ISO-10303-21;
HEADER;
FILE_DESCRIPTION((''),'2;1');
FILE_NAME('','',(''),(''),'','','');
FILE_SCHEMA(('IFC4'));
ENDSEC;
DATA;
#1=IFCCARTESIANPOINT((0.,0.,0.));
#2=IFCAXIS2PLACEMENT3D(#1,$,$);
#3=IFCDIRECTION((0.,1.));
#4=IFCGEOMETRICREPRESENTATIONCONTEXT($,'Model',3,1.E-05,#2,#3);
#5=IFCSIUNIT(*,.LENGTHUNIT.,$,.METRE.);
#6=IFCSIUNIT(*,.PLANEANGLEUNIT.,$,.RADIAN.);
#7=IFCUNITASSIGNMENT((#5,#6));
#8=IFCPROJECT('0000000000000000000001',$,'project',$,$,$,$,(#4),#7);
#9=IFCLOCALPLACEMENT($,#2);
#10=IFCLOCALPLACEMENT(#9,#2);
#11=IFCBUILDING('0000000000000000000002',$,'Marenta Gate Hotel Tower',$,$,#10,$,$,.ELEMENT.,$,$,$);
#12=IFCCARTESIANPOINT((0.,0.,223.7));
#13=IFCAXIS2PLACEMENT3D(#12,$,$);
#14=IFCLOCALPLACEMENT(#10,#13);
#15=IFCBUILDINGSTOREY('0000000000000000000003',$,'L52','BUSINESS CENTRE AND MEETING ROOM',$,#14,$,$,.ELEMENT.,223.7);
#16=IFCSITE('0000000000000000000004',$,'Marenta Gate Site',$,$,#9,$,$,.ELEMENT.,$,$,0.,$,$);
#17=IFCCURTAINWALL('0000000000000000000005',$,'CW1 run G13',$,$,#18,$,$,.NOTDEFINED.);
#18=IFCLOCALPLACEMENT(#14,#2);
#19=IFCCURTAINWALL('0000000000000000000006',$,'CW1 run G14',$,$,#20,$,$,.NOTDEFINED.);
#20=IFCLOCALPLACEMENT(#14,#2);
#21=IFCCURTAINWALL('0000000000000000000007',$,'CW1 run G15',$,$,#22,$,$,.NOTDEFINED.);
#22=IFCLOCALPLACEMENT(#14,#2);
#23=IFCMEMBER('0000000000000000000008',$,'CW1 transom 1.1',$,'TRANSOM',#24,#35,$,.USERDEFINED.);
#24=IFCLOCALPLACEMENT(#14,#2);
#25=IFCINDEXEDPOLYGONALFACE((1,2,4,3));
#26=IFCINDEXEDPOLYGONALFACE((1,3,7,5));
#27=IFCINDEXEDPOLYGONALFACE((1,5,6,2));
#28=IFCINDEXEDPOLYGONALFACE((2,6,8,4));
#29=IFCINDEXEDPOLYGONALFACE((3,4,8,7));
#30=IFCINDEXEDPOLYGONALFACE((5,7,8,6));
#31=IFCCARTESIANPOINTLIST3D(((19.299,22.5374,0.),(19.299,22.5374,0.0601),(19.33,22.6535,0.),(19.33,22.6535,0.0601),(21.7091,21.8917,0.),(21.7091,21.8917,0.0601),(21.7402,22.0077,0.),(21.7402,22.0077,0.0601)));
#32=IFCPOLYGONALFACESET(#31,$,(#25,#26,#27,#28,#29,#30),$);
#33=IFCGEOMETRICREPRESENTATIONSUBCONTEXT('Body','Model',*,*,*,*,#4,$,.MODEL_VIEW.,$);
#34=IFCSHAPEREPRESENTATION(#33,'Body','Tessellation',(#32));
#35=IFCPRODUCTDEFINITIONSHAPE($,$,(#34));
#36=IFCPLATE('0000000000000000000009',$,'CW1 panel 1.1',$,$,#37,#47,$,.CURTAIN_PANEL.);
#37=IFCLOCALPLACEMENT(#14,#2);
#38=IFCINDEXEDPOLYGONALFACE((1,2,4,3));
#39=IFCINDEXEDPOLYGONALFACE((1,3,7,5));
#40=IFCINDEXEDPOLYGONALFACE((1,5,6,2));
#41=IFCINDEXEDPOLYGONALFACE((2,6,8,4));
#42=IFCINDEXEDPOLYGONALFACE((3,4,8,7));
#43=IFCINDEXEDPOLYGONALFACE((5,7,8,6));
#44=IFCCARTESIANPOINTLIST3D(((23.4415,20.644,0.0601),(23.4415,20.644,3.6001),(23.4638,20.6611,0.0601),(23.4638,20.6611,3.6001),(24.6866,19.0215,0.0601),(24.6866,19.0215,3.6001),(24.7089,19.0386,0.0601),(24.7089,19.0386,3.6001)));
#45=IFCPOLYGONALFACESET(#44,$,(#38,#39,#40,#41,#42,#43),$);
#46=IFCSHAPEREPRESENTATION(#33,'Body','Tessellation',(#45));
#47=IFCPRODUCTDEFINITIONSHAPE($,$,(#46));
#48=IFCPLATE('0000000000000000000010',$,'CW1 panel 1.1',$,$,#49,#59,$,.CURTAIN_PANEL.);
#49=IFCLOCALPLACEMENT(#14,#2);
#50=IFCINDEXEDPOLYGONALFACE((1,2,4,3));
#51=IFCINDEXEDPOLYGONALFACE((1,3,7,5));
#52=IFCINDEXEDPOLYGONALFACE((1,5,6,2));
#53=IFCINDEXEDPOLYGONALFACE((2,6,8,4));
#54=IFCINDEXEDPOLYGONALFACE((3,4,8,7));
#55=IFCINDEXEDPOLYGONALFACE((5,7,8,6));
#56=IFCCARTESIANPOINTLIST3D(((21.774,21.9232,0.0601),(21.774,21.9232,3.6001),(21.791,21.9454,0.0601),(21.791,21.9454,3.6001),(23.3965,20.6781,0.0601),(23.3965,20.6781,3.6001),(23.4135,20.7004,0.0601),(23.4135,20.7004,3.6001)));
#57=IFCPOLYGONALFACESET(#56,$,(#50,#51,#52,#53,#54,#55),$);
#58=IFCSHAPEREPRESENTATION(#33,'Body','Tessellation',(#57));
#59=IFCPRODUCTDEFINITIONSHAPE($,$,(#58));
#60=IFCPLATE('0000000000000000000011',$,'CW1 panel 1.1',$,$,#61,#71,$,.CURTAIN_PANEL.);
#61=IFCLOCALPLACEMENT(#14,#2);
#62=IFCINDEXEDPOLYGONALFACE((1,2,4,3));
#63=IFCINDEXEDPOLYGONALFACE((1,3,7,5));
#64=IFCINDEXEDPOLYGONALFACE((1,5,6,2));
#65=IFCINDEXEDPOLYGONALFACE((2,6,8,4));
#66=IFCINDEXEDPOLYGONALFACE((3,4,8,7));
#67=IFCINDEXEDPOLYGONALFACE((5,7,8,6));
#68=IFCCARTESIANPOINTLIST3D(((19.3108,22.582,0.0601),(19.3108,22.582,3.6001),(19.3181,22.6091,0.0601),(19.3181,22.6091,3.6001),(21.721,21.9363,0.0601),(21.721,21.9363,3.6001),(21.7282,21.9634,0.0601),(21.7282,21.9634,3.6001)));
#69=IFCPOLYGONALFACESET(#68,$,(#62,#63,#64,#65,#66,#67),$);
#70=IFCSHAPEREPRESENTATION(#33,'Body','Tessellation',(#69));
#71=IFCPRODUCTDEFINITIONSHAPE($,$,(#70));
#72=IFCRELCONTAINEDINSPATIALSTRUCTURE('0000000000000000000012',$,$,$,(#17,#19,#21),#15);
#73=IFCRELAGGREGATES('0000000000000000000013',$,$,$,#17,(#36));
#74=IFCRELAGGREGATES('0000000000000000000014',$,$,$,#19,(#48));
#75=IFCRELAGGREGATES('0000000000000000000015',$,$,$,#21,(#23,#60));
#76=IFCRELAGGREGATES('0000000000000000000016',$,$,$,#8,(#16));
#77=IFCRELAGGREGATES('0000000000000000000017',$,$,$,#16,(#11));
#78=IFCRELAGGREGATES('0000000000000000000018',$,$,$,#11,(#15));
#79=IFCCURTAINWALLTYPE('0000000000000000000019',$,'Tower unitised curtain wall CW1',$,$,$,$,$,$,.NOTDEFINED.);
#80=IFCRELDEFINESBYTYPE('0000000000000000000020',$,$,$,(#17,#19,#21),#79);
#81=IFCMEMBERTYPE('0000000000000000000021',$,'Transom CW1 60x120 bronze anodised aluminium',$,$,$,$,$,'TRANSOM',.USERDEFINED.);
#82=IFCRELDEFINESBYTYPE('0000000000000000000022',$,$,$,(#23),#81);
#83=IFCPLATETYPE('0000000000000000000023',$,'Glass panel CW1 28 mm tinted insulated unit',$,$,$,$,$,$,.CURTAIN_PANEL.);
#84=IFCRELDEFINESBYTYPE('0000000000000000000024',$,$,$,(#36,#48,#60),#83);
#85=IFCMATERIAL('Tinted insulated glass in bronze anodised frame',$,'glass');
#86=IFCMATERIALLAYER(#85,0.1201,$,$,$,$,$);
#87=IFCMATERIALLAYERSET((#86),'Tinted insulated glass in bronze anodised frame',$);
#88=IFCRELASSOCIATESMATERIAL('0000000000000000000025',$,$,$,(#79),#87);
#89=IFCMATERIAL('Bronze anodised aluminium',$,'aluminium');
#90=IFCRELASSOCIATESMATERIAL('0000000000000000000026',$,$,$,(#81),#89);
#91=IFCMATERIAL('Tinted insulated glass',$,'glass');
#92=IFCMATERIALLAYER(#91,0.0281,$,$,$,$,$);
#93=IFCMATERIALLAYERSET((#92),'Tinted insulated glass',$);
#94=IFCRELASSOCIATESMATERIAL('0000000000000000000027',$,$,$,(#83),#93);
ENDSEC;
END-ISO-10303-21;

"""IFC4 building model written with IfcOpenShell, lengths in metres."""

from ifc_helpers import new_model, si_unit, direction, frame, origin, origin_2d, place, context, subcontext, project, spatial, rectangle, extrude, material, layer, layer_set, material_profile, profile_set, type_object, element, aggregate, save


model = new_model("IFC4")

# Units and contexts
model_context = context("Model", 3, precision=1e-05, world=origin(), true_north=direction((0.0, 1.0)))
body_context = subcontext(model_context, "Body", "Model", "MODEL_VIEW")
ifc_project = project(units=[si_unit("LENGTHUNIT", "METRE"), si_unit("PLANEANGLEUNIT", "RADIAN")], contexts=[model_context])

# Site, building, storey
site_placement = place(None, origin())
site = spatial("IfcSite", under=ifc_project, at=site_placement, Name="Marenta Gate Site", CompositionType="ELEMENT", RefElevation=0.0)
building_placement = place(site_placement, origin())
building = spatial("IfcBuilding", under=site, at=building_placement, Name="Marenta Gate Hotel Tower", CompositionType="ELEMENT")
storey_placement = place(building_placement, frame((0.0, 0.0, 223.7)))
storey = spatial("IfcBuildingStorey", under=building, at=storey_placement, Name="L52", Description="BUSINESS CENTRE AND MEETING ROOM", CompositionType="ELEMENT", Elevation=223.7)

# Curtain walls
ifc_material_1 = material(Name="Tinted insulated glass in bronze anodised frame", Category="glass")
ifc_layer_1 = layer(ifc_material_1, 0.1201)
ifc_layer_set_1 = layer_set([ifc_layer_1], Name="Tinted insulated glass in bronze anodised frame")
curtain_wall_type = type_object("IfcCurtainWallType", Name="Tower unitised curtain wall CW1", PredefinedType="NOTDEFINED", material=ifc_layer_set_1)
curtain_wall_1_placement = place(storey_placement, origin())
curtain_wall_1 = element("IfcCurtainWall", 1, at=curtain_wall_1_placement, inside=storey, type_object=curtain_wall_type, Name="CW1 run G13", PredefinedType="NOTDEFINED")
curtain_wall_2_placement = place(storey_placement, origin())
curtain_wall_2 = element("IfcCurtainWall", 2, at=curtain_wall_2_placement, inside=storey, type_object=curtain_wall_type, Name="CW1 run G14", PredefinedType="NOTDEFINED")

# Curtain wall
curtain_wall_3_placement = place(storey_placement, origin())
curtain_wall_3 = element("IfcCurtainWall", 3, at=curtain_wall_3_placement, inside=storey, type_object=curtain_wall_type, Name="CW1 run G15", PredefinedType="NOTDEFINED")

# Member
ifc_material_2 = material(Name="Bronze anodised aluminium", Category="aluminium")
ifc_material_profile_1 = material_profile(ifc_material_2, rectangle(XDim=0.1201, YDim=0.0601, at=origin_2d()), Name="Transom CW1 60x120 bronze anodised aluminium")
ifc_profile_set_1 = profile_set([ifc_material_profile_1], Name="Bronze anodised aluminium")
member_type_1 = type_object("IfcMemberType", Name="Transom CW1 60x120 bronze anodised aluminium", ElementType="TRANSOM", PredefinedType="USERDEFINED", material=ifc_profile_set_1)
member_1_placement = place(storey_placement, frame((21.7246, 21.9497, 0.03), z_axis=(-0.965931, 0.258801, 0.0), x_axis=(-0.258801, -0.965931, 0.0)))
member_1 = element("IfcMember", 4, at=member_1_placement, type_object=member_type_1, Name="CW1 transom 1.1", ObjectType="TRANSOM", PredefinedType="USERDEFINED", context=body_context, shape_type="SweptSolid", body=[
    extrude(rectangle(XDim=0.1201, YDim=0.0601, at=origin_2d()), origin(), (0.0, 0.0, 1.0), 2.4951),
])

# Plates
ifc_material_3 = material(Name="Tinted insulated glass", Category="glass")
ifc_layer_2 = layer(ifc_material_3, 0.0281)
ifc_layer_set_2 = layer_set([ifc_layer_2], Name="Tinted insulated glass")
plate_type = type_object("IfcPlateType", Name="Glass panel CW1 28 mm tinted insulated unit", PredefinedType="CURTAIN_PANEL", material=ifc_layer_set_2)
plate_1_placement = place(storey_placement, frame((24.0752, 19.8413, 0.0601), z_axis=(0.0, 0.0, 1.0), x_axis=(-0.608787, 0.793333, 0.0)))
plate_1 = element("IfcPlate", 5, at=plate_1_placement, type_object=plate_type, Name="CW1 panel 1.1", PredefinedType="CURTAIN_PANEL", context=body_context, shape_type="SweptSolid", body=[
    extrude(rectangle(XDim=2.0452, YDim=0.0281, at=origin_2d()), origin(), (0.0, 0.0, 1.0), 3.54),
])
aggregate(curtain_wall_1, [plate_1])
plate_2_placement = place(storey_placement, frame((22.5938, 21.3118, 0.0601), z_axis=(0.0, 0.0, 1.0), x_axis=(-0.793333, 0.608787, 0.0)))
plate_2 = element("IfcPlate", 6, at=plate_2_placement, type_object=plate_type, Name="CW1 panel 1.1", PredefinedType="CURTAIN_PANEL", context=body_context, shape_type="SweptSolid", body=[
    extrude(rectangle(XDim=2.0452, YDim=0.0281, at=origin_2d()), origin(), (0.0, 0.0, 1.0), 3.54),
])
aggregate(curtain_wall_2, [plate_2])
plate_3_placement = place(storey_placement, frame((20.5195, 22.2727, 0.0601), z_axis=(0.0, 0.0, 1.0), x_axis=(-0.96593, 0.258805, 0.0)))
plate_3 = element("IfcPlate", 7, at=plate_3_placement, type_object=plate_type, Name="CW1 panel 1.1", PredefinedType="CURTAIN_PANEL", context=body_context, shape_type="SweptSolid", body=[
    extrude(rectangle(XDim=2.4951, YDim=0.0281, at=origin_2d()), origin(), (0.0, 0.0, 1.0), 3.54),
])
aggregate(curtain_wall_3, [member_1, plate_3])

save(model, "model.ifc")
